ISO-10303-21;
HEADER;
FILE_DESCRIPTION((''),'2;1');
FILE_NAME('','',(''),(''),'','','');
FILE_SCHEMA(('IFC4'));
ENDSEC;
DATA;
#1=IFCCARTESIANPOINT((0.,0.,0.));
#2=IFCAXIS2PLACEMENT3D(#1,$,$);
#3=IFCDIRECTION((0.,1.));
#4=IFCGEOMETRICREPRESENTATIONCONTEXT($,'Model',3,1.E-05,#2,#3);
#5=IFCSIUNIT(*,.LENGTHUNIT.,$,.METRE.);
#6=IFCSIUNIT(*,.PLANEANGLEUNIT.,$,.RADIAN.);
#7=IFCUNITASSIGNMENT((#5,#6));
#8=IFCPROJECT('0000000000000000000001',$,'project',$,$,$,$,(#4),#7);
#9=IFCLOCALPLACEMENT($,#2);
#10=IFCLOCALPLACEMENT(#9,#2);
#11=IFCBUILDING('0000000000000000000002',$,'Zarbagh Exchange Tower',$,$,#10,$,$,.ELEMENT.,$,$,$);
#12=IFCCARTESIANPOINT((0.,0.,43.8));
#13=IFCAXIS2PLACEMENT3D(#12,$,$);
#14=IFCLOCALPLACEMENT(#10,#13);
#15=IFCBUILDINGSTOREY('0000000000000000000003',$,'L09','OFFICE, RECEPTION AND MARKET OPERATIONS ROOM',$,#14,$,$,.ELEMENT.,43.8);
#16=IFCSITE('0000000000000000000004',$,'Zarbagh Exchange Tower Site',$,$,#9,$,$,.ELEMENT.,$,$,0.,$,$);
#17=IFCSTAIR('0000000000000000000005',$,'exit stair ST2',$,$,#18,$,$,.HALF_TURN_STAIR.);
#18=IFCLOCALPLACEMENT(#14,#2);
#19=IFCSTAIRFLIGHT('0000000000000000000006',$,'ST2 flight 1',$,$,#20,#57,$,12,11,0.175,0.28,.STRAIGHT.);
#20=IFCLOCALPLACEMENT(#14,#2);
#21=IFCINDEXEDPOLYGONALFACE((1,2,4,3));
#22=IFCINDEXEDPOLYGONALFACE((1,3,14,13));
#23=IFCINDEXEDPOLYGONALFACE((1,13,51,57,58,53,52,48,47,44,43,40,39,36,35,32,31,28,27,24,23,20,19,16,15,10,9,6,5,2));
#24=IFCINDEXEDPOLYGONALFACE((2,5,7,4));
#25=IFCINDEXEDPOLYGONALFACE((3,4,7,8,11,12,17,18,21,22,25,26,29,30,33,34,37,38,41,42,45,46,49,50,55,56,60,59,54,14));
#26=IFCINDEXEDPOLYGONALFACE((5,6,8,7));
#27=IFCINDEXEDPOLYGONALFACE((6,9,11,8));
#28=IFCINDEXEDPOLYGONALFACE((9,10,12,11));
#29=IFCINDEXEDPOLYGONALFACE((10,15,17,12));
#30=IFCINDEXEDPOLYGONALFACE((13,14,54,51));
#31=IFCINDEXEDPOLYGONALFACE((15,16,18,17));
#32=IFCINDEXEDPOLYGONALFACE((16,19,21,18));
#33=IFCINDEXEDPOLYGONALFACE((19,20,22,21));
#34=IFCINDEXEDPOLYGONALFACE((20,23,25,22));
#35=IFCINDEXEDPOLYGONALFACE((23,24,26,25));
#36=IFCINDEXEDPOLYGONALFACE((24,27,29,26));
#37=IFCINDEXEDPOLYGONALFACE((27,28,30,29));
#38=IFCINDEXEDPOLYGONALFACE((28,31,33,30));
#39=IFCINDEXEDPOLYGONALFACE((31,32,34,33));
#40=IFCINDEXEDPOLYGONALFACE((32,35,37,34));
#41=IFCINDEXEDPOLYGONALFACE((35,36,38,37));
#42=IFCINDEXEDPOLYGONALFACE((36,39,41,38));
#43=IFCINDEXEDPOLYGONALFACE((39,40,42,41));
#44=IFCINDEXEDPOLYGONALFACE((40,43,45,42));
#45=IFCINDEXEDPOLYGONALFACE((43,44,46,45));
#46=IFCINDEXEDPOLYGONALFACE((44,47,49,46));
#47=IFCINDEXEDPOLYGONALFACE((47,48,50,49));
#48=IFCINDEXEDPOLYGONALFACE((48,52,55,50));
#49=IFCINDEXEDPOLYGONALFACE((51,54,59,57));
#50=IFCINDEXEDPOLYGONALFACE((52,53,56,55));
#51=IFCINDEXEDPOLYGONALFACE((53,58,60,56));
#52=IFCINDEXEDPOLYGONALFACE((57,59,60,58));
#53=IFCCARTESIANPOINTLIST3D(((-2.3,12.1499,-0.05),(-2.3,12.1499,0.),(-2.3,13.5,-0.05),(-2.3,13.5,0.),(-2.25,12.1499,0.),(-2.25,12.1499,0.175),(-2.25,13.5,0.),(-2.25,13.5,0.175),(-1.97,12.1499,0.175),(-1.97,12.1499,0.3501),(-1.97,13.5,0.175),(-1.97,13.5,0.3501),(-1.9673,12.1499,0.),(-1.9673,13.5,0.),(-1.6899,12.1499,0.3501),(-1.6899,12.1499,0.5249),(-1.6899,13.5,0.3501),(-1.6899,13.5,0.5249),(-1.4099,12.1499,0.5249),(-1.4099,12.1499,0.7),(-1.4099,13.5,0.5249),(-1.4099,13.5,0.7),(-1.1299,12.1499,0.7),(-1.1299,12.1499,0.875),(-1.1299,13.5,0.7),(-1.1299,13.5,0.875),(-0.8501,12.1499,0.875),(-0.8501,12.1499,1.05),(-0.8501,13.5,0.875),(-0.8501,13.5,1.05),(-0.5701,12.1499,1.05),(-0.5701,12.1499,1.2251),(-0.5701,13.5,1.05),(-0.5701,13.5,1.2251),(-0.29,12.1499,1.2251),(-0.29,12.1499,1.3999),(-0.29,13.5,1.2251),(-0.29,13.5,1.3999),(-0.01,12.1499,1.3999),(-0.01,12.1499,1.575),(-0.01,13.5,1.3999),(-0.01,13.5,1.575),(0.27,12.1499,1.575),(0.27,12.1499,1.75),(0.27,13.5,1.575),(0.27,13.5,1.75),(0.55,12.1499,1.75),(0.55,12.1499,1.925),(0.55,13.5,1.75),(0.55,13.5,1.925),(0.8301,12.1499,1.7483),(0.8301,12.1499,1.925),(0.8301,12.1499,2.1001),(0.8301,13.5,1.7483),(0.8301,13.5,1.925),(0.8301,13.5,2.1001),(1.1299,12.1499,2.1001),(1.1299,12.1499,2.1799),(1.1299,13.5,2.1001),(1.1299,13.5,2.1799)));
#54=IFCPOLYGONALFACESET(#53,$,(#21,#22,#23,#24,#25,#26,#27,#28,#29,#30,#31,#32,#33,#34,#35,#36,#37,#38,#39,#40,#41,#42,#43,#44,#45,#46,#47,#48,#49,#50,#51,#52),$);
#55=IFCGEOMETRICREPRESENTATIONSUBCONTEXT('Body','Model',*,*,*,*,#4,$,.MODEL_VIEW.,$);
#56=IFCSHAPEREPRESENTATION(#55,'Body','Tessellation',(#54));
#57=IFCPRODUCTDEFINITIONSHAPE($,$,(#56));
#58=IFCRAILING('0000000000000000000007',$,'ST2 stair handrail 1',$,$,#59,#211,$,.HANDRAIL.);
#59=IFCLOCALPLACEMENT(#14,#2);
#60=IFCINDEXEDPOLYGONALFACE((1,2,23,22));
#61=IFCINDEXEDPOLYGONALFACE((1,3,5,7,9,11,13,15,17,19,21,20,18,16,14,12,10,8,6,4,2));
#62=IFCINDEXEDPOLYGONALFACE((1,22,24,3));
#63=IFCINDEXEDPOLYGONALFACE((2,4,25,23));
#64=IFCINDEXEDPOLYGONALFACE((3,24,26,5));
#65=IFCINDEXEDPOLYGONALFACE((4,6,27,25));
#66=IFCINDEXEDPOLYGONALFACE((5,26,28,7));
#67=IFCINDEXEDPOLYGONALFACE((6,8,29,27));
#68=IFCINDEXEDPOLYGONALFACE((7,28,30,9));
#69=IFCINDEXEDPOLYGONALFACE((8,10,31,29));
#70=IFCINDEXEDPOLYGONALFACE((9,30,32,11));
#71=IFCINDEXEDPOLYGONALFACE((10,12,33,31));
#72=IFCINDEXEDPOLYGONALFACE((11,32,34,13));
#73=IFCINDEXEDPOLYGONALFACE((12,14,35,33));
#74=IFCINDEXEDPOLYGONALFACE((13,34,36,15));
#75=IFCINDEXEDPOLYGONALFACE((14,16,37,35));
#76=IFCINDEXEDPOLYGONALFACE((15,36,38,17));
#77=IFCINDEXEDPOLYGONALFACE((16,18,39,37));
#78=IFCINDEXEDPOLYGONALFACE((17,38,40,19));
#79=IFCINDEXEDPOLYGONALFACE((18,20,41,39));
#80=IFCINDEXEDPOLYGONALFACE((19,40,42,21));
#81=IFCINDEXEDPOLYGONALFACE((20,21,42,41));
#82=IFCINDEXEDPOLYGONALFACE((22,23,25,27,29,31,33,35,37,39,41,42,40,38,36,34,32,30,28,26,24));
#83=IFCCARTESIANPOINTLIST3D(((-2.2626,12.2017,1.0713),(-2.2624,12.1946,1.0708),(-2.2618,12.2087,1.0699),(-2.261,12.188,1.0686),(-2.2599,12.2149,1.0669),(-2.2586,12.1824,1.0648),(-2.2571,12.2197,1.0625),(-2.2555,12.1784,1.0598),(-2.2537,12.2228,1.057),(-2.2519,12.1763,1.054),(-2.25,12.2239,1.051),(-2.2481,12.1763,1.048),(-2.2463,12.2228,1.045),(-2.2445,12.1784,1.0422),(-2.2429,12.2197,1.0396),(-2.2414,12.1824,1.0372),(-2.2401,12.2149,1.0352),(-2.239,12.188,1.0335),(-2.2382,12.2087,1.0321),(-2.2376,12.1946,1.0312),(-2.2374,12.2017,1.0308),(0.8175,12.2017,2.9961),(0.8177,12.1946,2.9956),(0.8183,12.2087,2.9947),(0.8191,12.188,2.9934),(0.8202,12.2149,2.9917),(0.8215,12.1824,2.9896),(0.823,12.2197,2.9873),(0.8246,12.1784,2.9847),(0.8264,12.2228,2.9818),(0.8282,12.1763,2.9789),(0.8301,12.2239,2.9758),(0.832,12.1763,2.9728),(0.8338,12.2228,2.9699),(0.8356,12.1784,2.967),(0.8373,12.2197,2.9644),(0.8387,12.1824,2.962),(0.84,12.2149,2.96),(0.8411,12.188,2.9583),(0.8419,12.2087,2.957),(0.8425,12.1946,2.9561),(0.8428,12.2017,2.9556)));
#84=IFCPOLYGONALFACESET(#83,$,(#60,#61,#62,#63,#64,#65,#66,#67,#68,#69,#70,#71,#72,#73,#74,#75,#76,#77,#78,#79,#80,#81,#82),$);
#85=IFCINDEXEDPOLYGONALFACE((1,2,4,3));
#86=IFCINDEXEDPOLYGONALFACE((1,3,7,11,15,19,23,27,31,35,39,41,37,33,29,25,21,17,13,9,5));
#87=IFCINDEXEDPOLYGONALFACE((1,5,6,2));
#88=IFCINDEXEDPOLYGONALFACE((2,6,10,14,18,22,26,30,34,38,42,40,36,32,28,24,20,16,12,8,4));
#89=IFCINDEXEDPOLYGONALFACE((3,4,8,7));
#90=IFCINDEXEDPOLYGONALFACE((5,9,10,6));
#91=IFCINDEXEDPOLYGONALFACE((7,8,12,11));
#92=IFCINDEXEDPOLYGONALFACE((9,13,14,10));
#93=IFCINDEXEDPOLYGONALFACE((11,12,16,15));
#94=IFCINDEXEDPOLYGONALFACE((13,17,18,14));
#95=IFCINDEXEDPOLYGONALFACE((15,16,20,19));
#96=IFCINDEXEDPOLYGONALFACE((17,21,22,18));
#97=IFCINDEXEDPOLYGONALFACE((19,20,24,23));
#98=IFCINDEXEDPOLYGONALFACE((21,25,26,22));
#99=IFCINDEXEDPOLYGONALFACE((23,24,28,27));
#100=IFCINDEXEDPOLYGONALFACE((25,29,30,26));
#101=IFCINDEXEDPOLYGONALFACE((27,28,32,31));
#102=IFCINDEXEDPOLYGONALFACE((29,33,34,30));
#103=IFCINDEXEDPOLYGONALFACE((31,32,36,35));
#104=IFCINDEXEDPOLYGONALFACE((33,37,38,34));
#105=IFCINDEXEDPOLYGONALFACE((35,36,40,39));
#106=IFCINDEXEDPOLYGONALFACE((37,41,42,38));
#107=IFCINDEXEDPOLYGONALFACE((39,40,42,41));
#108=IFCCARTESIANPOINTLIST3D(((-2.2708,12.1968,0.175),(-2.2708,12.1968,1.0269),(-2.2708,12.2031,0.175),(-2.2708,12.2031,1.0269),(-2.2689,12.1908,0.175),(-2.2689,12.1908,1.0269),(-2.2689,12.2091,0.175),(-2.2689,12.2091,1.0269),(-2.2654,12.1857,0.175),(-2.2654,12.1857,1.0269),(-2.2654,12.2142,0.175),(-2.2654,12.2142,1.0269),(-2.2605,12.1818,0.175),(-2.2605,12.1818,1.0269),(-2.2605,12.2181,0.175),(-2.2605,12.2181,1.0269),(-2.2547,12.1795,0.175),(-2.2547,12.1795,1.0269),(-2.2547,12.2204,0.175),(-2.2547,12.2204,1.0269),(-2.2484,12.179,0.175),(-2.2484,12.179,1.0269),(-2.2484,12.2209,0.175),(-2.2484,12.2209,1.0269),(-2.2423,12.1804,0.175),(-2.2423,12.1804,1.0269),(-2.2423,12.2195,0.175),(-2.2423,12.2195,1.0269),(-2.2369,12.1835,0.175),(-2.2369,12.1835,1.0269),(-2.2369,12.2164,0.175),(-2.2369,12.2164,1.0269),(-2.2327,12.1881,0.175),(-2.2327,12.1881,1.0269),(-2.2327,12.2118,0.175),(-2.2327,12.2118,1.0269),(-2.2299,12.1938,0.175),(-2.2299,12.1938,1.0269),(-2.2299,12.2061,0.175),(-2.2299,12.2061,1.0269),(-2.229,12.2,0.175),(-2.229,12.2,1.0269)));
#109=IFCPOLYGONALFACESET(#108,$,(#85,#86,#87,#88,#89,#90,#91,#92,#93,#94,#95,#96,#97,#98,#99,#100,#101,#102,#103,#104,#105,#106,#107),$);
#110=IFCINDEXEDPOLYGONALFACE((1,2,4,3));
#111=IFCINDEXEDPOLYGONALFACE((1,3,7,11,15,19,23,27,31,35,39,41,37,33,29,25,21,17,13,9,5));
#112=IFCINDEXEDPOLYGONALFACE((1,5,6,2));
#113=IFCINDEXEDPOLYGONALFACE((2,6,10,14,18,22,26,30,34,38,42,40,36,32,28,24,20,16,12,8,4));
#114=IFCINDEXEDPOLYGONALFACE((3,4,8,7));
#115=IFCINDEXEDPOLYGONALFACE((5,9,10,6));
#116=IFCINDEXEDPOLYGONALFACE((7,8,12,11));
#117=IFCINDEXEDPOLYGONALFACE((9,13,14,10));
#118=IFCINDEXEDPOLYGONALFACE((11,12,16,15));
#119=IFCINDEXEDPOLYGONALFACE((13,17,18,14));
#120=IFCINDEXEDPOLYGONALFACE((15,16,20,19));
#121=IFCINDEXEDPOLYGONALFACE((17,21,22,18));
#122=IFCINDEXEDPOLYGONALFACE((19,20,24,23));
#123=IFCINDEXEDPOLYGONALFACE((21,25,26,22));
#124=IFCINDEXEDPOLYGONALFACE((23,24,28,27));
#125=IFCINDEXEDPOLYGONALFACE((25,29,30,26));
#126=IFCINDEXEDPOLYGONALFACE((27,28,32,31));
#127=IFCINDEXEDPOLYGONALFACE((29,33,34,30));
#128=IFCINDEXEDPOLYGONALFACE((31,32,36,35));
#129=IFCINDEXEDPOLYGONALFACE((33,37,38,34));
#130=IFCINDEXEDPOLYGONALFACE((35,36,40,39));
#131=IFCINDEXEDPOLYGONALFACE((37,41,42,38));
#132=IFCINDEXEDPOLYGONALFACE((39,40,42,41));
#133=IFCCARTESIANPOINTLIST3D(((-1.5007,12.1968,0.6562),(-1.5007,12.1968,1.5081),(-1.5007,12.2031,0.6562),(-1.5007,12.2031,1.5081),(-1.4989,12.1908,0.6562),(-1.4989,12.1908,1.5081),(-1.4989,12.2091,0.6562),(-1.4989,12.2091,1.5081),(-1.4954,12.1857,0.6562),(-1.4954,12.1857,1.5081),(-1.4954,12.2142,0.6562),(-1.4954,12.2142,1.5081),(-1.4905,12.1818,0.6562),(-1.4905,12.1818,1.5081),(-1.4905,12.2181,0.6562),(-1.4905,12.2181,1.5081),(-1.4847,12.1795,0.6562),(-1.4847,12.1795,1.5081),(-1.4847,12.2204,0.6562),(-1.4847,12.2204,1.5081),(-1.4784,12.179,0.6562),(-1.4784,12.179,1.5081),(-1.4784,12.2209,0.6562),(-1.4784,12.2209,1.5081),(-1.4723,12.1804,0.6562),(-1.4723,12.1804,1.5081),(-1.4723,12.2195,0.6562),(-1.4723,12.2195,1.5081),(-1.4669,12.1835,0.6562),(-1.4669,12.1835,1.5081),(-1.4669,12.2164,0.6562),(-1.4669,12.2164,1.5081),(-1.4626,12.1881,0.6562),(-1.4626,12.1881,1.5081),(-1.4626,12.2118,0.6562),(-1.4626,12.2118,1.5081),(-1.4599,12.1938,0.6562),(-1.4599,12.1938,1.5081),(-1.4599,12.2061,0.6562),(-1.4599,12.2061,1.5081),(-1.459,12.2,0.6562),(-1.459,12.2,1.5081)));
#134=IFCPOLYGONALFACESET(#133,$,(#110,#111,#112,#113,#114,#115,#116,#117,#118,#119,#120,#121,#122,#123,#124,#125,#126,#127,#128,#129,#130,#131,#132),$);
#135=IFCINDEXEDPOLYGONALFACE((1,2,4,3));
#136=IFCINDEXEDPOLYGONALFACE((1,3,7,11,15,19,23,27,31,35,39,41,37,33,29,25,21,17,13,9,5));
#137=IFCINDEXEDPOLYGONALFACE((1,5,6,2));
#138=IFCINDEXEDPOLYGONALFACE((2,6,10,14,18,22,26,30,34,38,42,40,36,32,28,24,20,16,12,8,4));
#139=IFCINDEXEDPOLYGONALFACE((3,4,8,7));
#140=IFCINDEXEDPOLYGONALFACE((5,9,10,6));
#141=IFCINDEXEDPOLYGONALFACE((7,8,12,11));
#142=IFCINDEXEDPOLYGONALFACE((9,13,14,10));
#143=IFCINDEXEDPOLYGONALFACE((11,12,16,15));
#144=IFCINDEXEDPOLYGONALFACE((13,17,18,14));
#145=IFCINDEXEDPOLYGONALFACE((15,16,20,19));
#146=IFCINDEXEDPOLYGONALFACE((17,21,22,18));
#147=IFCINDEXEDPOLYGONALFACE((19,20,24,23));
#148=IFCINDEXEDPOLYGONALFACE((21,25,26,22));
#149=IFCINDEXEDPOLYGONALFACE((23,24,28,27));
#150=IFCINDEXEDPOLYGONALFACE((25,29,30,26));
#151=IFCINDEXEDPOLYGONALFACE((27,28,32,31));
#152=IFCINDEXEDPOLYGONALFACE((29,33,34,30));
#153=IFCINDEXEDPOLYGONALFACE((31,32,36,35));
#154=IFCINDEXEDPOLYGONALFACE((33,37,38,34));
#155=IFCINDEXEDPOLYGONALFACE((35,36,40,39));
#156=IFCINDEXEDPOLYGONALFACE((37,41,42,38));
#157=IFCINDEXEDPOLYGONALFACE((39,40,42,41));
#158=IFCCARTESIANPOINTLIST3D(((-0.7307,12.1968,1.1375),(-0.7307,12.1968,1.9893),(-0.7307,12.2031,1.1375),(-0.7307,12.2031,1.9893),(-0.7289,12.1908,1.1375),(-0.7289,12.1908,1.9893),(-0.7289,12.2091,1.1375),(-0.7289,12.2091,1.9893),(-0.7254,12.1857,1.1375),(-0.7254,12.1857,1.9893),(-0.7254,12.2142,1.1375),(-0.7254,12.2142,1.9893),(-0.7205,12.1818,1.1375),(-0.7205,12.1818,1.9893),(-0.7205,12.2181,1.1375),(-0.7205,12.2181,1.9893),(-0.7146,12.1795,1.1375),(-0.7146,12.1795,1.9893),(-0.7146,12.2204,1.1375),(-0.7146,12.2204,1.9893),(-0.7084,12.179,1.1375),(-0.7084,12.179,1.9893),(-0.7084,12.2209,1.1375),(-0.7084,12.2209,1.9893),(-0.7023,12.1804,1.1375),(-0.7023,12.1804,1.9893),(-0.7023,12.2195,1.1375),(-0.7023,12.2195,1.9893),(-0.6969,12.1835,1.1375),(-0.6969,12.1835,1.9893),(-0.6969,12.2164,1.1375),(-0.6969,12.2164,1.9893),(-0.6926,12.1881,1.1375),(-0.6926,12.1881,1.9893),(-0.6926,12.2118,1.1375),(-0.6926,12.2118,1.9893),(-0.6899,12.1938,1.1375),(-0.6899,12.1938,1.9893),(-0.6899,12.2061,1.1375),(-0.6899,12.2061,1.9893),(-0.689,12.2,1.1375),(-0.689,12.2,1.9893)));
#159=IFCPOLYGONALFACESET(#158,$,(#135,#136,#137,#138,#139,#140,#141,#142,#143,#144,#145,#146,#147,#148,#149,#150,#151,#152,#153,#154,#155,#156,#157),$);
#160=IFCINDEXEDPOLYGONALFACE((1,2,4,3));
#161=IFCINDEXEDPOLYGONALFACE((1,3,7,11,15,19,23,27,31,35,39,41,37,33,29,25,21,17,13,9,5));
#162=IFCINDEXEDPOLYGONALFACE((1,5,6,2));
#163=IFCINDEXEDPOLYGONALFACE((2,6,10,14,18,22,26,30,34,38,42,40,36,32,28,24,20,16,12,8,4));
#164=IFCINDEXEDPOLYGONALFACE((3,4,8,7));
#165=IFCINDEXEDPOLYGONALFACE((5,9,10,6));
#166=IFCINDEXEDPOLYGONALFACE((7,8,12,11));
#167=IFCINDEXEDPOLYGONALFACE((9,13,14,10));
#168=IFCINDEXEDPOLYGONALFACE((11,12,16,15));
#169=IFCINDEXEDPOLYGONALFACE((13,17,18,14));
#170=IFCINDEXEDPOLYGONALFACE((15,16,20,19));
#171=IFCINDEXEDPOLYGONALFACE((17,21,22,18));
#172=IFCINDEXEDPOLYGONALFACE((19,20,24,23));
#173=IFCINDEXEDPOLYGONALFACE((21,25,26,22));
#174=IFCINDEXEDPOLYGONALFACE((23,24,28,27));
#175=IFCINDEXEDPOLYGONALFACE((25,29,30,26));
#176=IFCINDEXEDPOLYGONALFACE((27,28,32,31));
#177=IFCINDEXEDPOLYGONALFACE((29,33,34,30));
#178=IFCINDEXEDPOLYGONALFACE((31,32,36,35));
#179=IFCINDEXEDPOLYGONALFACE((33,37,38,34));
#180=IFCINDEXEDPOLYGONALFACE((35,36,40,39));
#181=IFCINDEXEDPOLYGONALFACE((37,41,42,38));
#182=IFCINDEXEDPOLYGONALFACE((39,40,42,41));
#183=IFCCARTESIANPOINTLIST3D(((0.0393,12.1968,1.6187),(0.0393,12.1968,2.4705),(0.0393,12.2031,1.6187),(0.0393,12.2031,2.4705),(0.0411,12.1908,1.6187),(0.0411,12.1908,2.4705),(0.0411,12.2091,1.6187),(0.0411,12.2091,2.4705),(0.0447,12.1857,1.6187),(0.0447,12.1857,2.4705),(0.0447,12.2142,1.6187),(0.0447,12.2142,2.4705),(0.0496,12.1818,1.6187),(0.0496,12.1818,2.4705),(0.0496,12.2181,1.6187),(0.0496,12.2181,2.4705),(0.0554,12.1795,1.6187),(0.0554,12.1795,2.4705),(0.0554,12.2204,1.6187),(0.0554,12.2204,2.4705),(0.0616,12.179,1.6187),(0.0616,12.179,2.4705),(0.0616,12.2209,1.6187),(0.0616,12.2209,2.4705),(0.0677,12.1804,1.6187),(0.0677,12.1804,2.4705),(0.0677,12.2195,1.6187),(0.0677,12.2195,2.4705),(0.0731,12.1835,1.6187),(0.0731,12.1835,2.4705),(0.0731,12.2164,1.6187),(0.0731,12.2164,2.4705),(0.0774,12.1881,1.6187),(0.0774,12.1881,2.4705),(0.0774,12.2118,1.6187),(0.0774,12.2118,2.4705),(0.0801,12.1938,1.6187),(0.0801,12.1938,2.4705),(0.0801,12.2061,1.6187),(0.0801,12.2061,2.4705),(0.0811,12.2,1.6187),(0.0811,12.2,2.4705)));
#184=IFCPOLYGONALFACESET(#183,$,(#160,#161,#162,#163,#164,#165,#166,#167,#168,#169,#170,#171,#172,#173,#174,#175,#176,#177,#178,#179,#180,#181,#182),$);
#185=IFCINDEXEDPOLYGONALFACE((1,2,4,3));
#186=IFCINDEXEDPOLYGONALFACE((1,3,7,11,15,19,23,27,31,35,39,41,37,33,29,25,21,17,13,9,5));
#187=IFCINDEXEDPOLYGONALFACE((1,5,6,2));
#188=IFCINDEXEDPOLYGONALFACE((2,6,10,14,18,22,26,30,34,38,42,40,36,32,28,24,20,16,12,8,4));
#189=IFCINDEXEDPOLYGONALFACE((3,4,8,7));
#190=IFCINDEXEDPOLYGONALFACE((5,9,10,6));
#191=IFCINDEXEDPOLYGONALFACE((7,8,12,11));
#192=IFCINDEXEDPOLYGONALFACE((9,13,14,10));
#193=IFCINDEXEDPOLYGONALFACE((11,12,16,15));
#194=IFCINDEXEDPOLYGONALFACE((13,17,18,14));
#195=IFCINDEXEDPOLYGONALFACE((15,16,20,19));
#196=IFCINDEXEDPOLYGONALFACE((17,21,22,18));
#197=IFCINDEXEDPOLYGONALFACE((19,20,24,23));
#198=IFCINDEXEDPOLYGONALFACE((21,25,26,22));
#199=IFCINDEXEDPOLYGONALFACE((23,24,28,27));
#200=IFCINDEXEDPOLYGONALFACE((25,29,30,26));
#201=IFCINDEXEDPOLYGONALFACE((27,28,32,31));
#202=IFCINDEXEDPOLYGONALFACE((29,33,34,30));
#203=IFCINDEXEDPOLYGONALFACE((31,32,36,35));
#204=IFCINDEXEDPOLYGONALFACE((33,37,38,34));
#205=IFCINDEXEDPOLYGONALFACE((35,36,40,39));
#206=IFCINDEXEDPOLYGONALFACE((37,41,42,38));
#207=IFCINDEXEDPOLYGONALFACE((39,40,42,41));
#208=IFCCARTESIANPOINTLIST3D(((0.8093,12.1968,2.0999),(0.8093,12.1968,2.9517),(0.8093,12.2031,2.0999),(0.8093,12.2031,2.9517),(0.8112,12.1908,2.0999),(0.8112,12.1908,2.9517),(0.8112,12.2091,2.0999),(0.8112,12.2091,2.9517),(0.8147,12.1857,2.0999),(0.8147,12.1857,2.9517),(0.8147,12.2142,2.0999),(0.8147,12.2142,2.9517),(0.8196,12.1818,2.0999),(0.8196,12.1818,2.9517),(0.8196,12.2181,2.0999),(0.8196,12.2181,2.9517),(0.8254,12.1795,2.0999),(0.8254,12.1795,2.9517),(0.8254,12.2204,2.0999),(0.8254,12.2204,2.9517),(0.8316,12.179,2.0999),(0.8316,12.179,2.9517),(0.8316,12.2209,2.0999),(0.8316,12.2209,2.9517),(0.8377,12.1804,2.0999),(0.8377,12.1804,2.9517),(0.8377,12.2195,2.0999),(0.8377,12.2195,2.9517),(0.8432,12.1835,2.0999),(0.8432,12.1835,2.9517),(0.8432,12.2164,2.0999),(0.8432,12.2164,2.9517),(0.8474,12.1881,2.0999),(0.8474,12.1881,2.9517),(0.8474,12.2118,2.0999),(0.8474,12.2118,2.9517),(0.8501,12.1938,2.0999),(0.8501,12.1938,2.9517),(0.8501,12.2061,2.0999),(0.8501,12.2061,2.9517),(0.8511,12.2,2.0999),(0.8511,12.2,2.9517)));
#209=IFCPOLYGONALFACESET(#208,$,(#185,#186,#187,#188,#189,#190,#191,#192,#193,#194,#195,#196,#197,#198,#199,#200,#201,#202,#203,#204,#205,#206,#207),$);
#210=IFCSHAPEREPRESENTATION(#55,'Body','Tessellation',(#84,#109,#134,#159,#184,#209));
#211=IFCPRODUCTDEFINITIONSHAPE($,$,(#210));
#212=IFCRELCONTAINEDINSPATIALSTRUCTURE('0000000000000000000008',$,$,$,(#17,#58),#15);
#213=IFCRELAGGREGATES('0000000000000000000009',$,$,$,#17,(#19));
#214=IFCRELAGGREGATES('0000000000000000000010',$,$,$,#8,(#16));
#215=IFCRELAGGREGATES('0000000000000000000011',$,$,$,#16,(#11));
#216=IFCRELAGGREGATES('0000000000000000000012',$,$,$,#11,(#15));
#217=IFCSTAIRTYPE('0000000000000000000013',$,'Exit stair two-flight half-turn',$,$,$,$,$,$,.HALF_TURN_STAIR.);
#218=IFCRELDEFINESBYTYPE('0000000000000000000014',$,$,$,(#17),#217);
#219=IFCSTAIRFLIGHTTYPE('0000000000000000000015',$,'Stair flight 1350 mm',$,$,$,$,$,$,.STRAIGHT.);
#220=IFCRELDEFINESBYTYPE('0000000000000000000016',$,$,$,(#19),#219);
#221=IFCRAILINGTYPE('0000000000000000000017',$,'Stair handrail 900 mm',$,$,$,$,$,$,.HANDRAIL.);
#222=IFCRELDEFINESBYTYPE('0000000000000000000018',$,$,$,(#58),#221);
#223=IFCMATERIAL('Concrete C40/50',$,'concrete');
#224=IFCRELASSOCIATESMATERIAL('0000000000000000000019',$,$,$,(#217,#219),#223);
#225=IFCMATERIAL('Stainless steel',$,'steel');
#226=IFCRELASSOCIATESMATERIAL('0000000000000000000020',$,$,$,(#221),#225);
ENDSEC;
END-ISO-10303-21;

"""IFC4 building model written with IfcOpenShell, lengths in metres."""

from ifc_helpers import new_model, si_unit, direction, frame, origin, origin_2d, place, context, subcontext, project, spatial, polyline, circle, outline, extrude, material, type_object, element, aggregate, save


model = new_model("IFC4")

# Units and contexts
model_context = context("Model", 3, precision=1e-05, world=origin(), true_north=direction((0.0, 1.0)))
body_context = subcontext(model_context, "Body", "Model", "MODEL_VIEW")
ifc_project = project(units=[si_unit("LENGTHUNIT", "METRE"), si_unit("PLANEANGLEUNIT", "RADIAN")], contexts=[model_context])

# Site, building, storey
site_placement = place(None, origin())
site = spatial("IfcSite", under=ifc_project, at=site_placement, Name="Zarbagh Exchange Tower Site", CompositionType="ELEMENT", RefElevation=0.0)
building_placement = place(site_placement, origin())
building = spatial("IfcBuilding", under=site, at=building_placement, Name="Zarbagh Exchange Tower", CompositionType="ELEMENT")
storey_placement = place(building_placement, frame((0.0, 0.0, 43.8)))
storey = spatial("IfcBuildingStorey", under=building, at=storey_placement, Name="L09", Description="OFFICE, RECEPTION AND MARKET OPERATIONS ROOM", CompositionType="ELEMENT", Elevation=43.8)

# Shared definitions
ifc_material_1 = material(Name="Concrete C40/50", Category="concrete")

# Stair, stair flight
stair_type = type_object("IfcStairType", Name="Exit stair two-flight half-turn", PredefinedType="HALF_TURN_STAIR", material=ifc_material_1)
stair_placement = place(storey_placement, origin())
stair = element("IfcStair", 1, at=stair_placement, inside=storey, type_object=stair_type, Name="exit stair ST2", PredefinedType="HALF_TURN_STAIR")
stair_flight_type = type_object("IfcStairFlightType", Name="Stair flight 1350 mm", PredefinedType="STRAIGHT", material=ifc_material_1)
stair_flight_placement = place(storey_placement, frame((-2.25, 12.825, 0.0), z_axis=(0.0, 0.0, 1.0), x_axis=(1.0, 0.0, 0.0)))
stair_flight = element("IfcStairFlight", 2, at=stair_flight_placement, type_object=stair_flight_type, Name="ST2 flight 1", NumberOfRisers=12, NumberOfTreads=11, PredefinedType="STRAIGHT", RiserHeight=0.175, TreadLength=0.28, context=body_context, shape_type="SweptSolid", body=[
    extrude(outline(polyline([(-0.05, -0.05), (-0.05, 0.0), (0.0, 0.0), (0.0, 0.175), (0.28, 0.175), (0.28, 0.3501), (0.5601, 0.3501), (0.5601, 0.5249), (0.8401, 0.5249), (0.8401, 0.7), (1.1201, 0.7), (1.1201, 0.875), (1.3999, 0.875), (1.3999, 1.05), (1.6799, 1.05), (1.6799, 1.2251), (1.96, 1.2251), (1.96, 1.3999), (2.24, 1.3999), (2.24, 1.575), (2.52, 1.575), (2.52, 1.75), (2.8, 1.75), (2.8, 1.925), (3.0801, 1.925), (3.0801, 2.1001), (3.3799, 2.1799), (3.3799, 2.1001), (3.0801, 1.7483), (0.2827, 0.0), (-0.05, -0.05)])), frame((0.0, 0.675, 0.0), z_axis=(0.0, -1.0, 0.0), x_axis=(1.0, 0.0, 0.0)), (0.0, 0.0, 1.0), 1.3501),
])
aggregate(stair, [stair_flight])

# Railing
ifc_material_2 = material(Name="Stainless steel", Category="steel")
railing_type = type_object("IfcRailingType", Name="Stair handrail 900 mm", PredefinedType="HANDRAIL", material=ifc_material_2)
railing_placement = place(storey_placement, frame((-2.25, 12.2, 0.175)))
element("IfcRailing", 3, at=railing_placement, inside=storey, type_object=railing_type, Name="ST2 stair handrail 1", PredefinedType="HANDRAIL", context=body_context, shape_type="SweptSolid", body=[
    extrude(circle(Radius=0.0239, at=origin_2d()), frame((0.0, 0.0, 0.876), z_axis=(0.848029, 0.0, 0.529951), x_axis=(0.0, 1.0, 0.0)), (0.0, 0.0, 1.0), 3.6321),
    extrude(circle(Radius=0.021, at=origin_2d()), origin(), (0.0, 0.0, 1.0), 0.8518),
    extrude(circle(Radius=0.021, at=origin_2d()), frame((0.77, 0.0, 0.4812)), (0.0, 0.0, 1.0), 0.8518),
    extrude(circle(Radius=0.021, at=origin_2d()), frame((1.54, 0.0, 0.9624)), (0.0, 0.0, 1.0), 0.8518),
    extrude(circle(Radius=0.021, at=origin_2d()), frame((2.3101, 0.0, 1.4436)), (0.0, 0.0, 1.0), 0.8518),
    extrude(circle(Radius=0.021, at=origin_2d()), frame((3.0801, 0.0, 1.9248)), (0.0, 0.0, 1.0), 0.8518),
])

save(model, "model.ifc")
